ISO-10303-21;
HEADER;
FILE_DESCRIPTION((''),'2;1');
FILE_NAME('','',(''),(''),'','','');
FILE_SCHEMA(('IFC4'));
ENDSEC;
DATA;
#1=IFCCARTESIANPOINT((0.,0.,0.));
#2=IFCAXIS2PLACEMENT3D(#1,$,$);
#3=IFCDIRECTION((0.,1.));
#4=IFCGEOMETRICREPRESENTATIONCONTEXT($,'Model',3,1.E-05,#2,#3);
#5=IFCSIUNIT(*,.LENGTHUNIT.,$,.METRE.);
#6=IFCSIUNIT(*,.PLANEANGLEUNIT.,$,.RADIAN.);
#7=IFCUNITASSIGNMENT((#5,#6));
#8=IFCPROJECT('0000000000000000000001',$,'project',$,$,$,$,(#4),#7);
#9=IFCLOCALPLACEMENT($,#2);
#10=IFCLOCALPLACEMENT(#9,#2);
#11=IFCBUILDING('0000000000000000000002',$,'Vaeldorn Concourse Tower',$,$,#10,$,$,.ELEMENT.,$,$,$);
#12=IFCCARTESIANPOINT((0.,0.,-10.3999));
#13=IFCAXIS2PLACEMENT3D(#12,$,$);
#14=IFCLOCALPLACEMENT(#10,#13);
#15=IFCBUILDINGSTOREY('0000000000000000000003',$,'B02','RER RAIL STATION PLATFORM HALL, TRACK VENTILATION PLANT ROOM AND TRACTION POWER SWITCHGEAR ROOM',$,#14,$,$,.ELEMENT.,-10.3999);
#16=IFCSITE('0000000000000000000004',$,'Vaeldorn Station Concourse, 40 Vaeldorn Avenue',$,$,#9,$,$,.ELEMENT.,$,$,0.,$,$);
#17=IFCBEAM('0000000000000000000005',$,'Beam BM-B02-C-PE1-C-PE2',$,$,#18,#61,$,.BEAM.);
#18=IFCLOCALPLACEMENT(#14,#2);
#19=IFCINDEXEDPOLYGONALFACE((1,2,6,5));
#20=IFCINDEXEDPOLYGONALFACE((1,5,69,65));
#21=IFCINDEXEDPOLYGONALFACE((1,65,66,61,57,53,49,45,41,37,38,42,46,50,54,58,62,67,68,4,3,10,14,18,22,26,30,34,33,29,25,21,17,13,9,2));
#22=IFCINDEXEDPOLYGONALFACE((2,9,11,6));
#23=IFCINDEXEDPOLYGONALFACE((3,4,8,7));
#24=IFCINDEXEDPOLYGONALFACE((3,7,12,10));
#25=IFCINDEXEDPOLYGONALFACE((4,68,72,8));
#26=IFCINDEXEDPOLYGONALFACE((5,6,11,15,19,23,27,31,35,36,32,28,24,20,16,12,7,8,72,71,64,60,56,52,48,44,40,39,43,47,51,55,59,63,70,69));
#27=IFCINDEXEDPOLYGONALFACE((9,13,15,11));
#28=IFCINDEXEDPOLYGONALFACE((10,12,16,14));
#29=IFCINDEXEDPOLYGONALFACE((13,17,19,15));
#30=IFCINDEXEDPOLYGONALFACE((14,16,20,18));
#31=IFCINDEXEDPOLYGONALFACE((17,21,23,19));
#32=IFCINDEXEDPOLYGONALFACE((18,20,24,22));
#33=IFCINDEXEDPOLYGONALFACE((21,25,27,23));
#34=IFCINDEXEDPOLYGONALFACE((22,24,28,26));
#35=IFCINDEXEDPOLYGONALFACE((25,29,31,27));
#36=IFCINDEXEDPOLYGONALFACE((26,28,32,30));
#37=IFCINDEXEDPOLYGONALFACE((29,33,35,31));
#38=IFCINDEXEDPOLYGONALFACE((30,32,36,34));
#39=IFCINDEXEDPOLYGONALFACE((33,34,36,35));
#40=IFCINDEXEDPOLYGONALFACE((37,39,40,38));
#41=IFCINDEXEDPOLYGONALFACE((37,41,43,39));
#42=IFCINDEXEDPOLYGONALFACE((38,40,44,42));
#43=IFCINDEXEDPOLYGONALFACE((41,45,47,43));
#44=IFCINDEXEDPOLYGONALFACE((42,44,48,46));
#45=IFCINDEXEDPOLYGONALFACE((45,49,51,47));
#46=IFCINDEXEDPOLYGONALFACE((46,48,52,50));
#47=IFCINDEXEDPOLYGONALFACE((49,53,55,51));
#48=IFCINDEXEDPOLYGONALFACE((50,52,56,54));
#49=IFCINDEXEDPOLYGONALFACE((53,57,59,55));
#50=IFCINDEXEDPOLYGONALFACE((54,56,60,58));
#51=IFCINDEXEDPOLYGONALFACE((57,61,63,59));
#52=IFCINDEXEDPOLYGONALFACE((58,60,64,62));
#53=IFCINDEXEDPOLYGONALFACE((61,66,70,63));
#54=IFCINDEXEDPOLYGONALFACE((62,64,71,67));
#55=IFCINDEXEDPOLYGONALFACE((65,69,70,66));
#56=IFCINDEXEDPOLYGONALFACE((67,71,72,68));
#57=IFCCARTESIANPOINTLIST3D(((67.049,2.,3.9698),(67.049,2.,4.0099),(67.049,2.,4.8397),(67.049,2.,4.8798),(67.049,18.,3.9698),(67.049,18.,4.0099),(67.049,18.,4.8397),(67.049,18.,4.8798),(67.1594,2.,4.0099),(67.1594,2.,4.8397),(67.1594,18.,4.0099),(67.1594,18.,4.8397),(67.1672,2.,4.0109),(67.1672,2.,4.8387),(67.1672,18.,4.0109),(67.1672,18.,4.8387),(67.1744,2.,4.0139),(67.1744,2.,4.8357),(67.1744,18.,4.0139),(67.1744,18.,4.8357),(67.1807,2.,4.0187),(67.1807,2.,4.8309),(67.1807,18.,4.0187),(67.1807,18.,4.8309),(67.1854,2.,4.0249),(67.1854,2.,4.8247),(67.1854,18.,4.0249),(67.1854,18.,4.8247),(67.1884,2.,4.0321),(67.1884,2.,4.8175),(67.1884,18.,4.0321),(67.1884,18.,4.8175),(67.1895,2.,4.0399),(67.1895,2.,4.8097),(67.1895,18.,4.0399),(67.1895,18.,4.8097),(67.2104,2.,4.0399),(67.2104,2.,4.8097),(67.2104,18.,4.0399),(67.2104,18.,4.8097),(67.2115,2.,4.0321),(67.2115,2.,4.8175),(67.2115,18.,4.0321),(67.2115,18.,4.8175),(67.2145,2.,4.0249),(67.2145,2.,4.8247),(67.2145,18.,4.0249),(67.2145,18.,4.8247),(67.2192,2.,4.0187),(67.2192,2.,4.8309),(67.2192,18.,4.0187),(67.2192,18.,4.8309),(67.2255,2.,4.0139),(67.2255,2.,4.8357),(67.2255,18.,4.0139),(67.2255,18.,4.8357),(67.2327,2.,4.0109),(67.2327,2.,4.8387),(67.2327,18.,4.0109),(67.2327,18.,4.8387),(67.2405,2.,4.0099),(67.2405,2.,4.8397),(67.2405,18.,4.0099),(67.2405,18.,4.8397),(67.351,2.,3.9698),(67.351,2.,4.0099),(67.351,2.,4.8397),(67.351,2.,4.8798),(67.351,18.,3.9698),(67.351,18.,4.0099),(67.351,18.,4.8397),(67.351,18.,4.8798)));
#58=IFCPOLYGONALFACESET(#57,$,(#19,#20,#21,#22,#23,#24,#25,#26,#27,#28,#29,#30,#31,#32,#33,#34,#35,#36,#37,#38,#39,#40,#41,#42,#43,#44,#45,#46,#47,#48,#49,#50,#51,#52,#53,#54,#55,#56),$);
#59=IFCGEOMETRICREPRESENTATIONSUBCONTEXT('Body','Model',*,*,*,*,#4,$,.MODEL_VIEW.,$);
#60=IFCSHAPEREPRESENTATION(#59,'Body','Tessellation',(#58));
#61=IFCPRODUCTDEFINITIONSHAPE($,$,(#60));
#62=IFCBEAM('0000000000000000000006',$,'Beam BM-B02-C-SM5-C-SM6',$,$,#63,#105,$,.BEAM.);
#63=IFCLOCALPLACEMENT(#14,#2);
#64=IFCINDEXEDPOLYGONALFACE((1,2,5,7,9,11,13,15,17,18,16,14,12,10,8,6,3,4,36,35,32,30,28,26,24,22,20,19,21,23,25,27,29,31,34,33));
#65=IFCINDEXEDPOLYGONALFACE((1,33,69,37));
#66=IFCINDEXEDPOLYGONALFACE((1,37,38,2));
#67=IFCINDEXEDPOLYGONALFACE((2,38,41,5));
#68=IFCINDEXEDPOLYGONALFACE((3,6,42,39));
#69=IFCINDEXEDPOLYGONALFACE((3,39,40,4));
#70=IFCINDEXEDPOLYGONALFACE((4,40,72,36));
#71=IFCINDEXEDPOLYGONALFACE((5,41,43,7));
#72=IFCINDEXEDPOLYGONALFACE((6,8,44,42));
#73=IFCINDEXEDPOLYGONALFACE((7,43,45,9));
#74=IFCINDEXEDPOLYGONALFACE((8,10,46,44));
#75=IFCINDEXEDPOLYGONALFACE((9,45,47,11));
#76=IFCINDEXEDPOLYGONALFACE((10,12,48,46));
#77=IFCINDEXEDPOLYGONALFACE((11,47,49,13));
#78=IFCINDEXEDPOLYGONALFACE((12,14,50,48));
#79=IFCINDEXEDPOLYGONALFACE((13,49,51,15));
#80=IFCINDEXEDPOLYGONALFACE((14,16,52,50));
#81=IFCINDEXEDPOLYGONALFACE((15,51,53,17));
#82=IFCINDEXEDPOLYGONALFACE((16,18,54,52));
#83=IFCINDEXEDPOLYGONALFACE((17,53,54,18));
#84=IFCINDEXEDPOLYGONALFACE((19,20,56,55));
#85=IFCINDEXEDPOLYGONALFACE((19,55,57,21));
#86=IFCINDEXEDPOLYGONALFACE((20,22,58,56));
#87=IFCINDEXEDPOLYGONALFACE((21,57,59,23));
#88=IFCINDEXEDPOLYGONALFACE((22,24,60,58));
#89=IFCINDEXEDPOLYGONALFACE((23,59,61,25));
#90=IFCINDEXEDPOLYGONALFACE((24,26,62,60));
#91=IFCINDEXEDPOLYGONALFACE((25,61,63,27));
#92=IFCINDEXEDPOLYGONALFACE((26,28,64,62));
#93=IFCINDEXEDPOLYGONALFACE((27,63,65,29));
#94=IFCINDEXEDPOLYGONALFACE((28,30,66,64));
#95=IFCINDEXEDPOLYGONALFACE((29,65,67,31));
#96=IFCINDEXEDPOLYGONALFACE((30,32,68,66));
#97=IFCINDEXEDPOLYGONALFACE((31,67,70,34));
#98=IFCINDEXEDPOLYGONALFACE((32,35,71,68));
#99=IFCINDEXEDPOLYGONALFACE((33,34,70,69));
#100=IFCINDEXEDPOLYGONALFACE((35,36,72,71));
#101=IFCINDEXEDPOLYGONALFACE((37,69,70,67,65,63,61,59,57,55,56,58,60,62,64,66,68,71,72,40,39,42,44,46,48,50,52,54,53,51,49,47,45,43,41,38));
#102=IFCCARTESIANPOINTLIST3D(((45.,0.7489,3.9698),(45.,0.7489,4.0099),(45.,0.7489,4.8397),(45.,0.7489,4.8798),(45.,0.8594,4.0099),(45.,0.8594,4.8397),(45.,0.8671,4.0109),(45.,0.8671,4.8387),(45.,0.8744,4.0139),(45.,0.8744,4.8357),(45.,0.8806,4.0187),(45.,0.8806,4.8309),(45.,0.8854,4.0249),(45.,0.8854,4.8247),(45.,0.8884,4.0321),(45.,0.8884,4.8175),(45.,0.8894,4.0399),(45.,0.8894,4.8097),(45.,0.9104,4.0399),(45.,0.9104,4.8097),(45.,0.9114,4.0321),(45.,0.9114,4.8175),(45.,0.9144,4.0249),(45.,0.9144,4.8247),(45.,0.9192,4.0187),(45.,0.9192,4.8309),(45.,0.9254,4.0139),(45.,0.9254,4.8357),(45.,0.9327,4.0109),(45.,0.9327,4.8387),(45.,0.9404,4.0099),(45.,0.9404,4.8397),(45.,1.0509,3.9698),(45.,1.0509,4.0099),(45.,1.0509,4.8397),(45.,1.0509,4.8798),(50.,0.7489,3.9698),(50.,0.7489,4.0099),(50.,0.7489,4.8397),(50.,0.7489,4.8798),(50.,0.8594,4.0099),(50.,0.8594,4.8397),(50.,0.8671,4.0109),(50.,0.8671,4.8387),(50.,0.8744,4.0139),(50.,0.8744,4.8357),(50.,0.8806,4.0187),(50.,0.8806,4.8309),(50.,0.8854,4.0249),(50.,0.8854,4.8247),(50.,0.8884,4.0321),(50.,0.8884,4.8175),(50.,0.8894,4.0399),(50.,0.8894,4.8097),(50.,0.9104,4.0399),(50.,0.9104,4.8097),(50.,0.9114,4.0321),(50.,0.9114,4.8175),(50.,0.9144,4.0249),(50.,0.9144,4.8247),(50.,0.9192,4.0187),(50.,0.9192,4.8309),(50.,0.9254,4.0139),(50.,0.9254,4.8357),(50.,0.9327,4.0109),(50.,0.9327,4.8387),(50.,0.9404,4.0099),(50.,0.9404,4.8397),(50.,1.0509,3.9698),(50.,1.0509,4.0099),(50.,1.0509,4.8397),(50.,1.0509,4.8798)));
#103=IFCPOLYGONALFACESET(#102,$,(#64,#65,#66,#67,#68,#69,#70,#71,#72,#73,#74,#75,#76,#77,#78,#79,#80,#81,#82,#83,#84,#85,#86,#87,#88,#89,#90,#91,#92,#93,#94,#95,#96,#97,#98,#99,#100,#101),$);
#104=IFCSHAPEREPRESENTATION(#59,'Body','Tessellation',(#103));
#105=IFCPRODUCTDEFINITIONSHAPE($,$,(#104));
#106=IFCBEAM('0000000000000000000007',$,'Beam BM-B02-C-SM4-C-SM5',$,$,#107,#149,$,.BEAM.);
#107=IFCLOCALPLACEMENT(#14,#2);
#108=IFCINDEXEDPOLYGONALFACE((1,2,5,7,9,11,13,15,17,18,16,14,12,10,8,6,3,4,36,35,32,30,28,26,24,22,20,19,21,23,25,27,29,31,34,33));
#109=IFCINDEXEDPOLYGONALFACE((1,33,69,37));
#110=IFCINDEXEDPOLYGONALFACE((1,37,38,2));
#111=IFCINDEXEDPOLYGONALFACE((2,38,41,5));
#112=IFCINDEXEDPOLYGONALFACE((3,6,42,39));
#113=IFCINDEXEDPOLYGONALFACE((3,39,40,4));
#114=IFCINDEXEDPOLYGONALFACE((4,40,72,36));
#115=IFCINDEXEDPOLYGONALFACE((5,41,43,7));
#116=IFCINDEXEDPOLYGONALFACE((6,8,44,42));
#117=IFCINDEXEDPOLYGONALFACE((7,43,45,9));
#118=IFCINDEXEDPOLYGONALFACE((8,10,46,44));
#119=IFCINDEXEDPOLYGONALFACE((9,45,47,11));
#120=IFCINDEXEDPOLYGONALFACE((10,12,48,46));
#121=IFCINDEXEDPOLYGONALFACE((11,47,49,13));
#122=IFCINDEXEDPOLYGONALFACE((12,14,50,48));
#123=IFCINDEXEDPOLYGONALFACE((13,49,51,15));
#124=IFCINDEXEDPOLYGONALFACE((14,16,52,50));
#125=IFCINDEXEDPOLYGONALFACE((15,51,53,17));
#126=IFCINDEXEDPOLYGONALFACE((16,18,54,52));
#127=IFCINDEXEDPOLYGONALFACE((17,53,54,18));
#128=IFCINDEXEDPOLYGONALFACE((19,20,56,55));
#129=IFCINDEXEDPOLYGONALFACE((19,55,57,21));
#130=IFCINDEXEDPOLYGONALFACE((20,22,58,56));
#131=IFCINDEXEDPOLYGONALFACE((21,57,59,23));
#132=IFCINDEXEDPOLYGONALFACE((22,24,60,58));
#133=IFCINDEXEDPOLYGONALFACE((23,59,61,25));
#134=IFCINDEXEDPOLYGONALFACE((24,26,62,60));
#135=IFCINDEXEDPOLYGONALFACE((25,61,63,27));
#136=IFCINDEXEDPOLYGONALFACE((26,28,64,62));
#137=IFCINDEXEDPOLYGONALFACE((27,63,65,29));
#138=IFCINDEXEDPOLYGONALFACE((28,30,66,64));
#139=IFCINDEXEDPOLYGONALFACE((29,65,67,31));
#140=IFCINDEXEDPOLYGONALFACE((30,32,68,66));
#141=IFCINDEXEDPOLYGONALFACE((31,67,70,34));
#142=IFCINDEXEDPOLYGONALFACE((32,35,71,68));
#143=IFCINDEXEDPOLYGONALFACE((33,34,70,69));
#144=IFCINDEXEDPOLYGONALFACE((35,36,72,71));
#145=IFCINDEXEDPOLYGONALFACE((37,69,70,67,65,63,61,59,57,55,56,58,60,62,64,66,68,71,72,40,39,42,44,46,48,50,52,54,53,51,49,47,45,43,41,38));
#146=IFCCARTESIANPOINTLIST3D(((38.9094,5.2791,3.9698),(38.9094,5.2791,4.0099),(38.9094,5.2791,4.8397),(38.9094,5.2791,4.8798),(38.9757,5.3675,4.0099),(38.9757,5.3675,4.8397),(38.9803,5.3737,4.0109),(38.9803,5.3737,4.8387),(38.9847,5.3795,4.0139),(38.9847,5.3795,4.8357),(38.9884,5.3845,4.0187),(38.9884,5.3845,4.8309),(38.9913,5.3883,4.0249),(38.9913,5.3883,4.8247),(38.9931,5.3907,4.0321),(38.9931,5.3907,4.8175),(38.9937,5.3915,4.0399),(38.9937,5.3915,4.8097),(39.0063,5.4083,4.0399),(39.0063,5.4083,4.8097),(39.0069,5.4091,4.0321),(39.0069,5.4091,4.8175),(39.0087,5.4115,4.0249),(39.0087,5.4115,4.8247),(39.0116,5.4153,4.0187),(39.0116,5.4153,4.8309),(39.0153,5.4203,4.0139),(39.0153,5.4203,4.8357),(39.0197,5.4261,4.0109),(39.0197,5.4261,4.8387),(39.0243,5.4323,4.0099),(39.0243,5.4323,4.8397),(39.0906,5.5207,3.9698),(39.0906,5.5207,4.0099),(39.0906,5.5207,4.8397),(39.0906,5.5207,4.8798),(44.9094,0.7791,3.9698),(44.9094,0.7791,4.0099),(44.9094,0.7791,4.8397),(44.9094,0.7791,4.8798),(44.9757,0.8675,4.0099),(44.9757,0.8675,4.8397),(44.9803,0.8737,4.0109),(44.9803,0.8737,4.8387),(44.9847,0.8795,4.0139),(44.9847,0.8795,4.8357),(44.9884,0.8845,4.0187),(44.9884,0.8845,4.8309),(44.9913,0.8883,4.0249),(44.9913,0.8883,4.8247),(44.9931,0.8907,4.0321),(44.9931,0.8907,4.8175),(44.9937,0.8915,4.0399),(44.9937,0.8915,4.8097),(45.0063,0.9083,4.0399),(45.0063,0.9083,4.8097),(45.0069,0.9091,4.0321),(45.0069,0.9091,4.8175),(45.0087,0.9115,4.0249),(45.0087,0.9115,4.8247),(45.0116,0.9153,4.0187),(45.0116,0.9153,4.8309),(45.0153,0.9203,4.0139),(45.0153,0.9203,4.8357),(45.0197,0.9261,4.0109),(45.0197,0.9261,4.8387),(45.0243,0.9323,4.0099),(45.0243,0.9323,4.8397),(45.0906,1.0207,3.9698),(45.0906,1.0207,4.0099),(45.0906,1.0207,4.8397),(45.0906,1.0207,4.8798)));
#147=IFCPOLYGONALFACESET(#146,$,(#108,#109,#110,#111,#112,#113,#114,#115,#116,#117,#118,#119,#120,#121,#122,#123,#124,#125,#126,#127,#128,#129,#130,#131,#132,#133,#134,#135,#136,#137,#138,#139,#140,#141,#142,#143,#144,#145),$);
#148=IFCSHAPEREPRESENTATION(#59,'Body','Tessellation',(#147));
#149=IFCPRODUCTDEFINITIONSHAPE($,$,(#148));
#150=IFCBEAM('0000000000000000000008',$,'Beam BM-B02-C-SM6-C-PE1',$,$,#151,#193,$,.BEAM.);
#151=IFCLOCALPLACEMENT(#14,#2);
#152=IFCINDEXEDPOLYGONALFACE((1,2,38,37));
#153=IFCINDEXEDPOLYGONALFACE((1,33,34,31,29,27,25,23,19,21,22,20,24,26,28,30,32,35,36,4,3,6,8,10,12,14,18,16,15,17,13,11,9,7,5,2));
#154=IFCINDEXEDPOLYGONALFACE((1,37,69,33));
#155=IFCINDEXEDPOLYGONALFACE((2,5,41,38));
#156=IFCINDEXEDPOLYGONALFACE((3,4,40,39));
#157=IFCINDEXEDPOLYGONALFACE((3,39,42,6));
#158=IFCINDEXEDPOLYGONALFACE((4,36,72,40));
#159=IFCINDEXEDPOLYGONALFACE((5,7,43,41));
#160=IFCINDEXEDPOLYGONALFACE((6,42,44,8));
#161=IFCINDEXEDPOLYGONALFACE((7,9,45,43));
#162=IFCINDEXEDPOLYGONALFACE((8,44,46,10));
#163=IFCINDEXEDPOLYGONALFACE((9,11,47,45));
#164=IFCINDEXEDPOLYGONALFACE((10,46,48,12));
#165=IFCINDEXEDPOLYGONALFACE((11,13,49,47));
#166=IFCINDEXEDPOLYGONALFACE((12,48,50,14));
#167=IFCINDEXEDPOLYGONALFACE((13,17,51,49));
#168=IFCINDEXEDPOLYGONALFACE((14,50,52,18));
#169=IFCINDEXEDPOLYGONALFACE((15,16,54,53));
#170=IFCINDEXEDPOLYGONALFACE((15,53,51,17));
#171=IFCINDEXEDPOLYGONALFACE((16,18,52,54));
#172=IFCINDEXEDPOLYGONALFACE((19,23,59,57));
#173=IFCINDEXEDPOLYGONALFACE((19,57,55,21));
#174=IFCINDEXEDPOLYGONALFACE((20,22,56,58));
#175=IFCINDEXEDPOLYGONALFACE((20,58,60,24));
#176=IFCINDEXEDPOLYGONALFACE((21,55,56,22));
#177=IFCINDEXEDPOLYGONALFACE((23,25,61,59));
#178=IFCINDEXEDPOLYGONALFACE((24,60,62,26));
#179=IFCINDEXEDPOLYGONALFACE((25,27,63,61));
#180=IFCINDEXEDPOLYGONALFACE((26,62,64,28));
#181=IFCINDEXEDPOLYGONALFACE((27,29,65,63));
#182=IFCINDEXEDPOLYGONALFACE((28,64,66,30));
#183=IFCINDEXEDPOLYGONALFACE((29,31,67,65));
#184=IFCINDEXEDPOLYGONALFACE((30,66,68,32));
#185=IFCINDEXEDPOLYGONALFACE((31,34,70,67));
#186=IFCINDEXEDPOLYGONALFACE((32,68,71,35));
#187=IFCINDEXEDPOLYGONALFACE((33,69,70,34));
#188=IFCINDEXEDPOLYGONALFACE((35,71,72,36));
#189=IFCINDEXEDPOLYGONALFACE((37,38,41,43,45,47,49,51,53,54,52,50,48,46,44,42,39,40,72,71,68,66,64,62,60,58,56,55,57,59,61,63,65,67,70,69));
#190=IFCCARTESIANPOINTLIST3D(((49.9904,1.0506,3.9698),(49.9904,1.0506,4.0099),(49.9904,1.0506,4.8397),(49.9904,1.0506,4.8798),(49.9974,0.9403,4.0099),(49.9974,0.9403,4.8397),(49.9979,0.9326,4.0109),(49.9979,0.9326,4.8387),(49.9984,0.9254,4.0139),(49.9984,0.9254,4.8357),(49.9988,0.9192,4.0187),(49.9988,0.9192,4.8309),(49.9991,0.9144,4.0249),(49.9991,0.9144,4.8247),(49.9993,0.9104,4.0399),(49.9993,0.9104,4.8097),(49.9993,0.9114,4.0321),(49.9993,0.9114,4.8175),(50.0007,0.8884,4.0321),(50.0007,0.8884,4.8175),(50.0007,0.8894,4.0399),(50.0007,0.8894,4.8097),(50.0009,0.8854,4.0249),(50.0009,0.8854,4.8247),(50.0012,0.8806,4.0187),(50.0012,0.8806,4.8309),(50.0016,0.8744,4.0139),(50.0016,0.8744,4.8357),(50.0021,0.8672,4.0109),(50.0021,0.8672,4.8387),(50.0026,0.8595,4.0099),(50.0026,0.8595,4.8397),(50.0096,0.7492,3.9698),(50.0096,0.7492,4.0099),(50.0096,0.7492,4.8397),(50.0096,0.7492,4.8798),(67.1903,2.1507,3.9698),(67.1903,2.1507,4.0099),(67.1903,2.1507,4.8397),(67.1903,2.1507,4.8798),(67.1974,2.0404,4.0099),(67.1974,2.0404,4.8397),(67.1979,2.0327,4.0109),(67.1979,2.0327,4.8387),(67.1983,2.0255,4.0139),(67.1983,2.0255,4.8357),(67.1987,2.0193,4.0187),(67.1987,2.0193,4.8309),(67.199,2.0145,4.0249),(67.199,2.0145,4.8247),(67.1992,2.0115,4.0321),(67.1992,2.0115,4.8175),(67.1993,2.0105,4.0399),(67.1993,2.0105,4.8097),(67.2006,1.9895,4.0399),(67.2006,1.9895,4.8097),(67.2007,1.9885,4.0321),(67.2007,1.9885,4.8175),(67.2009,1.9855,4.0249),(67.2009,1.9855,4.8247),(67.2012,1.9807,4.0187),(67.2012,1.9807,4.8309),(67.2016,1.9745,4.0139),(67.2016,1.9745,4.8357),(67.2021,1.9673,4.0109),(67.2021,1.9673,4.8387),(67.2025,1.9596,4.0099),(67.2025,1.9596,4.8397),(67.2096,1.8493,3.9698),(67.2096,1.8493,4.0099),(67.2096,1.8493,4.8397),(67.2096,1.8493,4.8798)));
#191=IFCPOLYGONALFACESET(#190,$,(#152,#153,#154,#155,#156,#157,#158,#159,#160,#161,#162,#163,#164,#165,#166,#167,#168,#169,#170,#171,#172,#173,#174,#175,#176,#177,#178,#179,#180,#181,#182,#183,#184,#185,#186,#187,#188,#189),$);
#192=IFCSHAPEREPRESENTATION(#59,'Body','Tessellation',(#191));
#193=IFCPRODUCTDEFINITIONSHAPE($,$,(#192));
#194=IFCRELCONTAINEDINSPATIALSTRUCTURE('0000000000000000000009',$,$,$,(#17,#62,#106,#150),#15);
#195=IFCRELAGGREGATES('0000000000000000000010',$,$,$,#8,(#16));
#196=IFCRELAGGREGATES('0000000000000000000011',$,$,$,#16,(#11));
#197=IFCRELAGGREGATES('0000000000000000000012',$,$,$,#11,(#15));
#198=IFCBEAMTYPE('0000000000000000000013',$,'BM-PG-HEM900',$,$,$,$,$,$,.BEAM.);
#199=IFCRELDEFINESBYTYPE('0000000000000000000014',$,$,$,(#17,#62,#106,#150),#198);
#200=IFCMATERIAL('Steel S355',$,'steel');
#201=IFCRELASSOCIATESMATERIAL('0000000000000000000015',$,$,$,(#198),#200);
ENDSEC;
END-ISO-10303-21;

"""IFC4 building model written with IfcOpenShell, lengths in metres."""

from ifc_helpers import new_model, si_unit, direction, frame, origin, origin_2d, place, context, subcontext, project, spatial, i_section, extrude, source, transform, mapped, material, material_profile, profile_set, type_object, element, save


model = new_model("IFC4")

# Units and contexts
model_context = context("Model", 3, precision=1e-05, world=origin(), true_north=direction((0.0, 1.0)))
body_context = subcontext(model_context, "Body", "Model", "MODEL_VIEW")
ifc_project = project(units=[si_unit("LENGTHUNIT", "METRE"), si_unit("PLANEANGLEUNIT", "RADIAN")], contexts=[model_context])

# Site, building, storey
site_placement = place(None, origin())
site = spatial("IfcSite", under=ifc_project, at=site_placement, Name="Vaeldorn Station Concourse, 40 Vaeldorn Avenue", CompositionType="ELEMENT", RefElevation=0.0)
building_placement = place(site_placement, origin())
building = spatial("IfcBuilding", under=site, at=building_placement, Name="Vaeldorn Concourse Tower", CompositionType="ELEMENT")
storey_placement = place(building_placement, frame((0.0, 0.0, -10.3999)))
storey = spatial("IfcBuildingStorey", under=building, at=storey_placement, Name="B02", Description="RER RAIL STATION PLATFORM HALL, TRACK VENTILATION PLANT ROOM AND TRACTION POWER SWITCHGEAR ROOM", CompositionType="ELEMENT", Elevation=-10.3999)

# Beams
ifc_material_1 = material(Name="Steel S355", Category="steel")
ifc_material_profile_1 = material_profile(ifc_material_1, i_section(OverallWidth=0.302, OverallDepth=0.9099, WebThickness=0.021, FlangeThickness=0.04, FilletRadius=0.03, at=origin_2d()), Name="HEM 900")
ifc_profile_set_1 = profile_set([ifc_material_profile_1], Name="Steel S355")
beam_type_1 = type_object("IfcBeamType", Name="BM-PG-HEM900", PredefinedType="BEAM", material=ifc_profile_set_1)
shared_shape_1 = source(origin(), body_context, "Body", "SweptSolid", [
    extrude(i_section(OverallWidth=0.302, OverallDepth=0.9099, WebThickness=0.021, FlangeThickness=0.04, FilletRadius=0.03, at=origin_2d()), origin(), (0.0, 0.0, 1.0), 16.0),
])
beam_1_placement = place(storey_placement, frame((67.2, 2.0, 4.4248), z_axis=(0.0, 1.0, 0.0), x_axis=(-1.0, 0.0, 0.0)))
element("IfcBeam", 1, at=beam_1_placement, inside=storey, type_object=beam_type_1, Name="Beam BM-B02-C-PE1-C-PE2", PredefinedType="BEAM", context=body_context, shape_type="MappedRepresentation", body=[
    mapped(shared_shape_1, transform((0.0, 0.0, 0.0), scale=1.0)),
])
shared_shape_2 = source(origin(), body_context, "Body", "SweptSolid", [
    extrude(i_section(OverallWidth=0.302, OverallDepth=0.9099, WebThickness=0.021, FlangeThickness=0.04, FilletRadius=0.03, at=origin_2d()), origin(), (0.0, 0.0, 1.0), 5.0),
])
beam_2_placement = place(storey_placement, frame((45.0, 0.8999, 4.4248), z_axis=(1.0, 0.0, 0.0), x_axis=(0.0, 1.0, 0.0)))
element("IfcBeam", 2, at=beam_2_placement, inside=storey, type_object=beam_type_1, Name="Beam BM-B02-C-SM5-C-SM6", PredefinedType="BEAM", context=body_context, shape_type="MappedRepresentation", body=[
    mapped(shared_shape_2, transform((0.0, 0.0, 0.0), scale=1.0)),
])
shared_shape_3 = source(origin(), body_context, "Body", "SweptSolid", [
    extrude(i_section(OverallWidth=0.302, OverallDepth=0.9099, WebThickness=0.021, FlangeThickness=0.04, FilletRadius=0.03, at=origin_2d()), origin(), (0.0, 0.0, 1.0), 7.5),
])
beam_3_placement = place(storey_placement, frame((39.0, 5.3999, 4.4248), z_axis=(0.8, -0.6, 0.0), x_axis=(0.6, 0.8, 0.0)))
element("IfcBeam", 3, at=beam_3_placement, inside=storey, type_object=beam_type_1, Name="Beam BM-B02-C-SM4-C-SM5", PredefinedType="BEAM", context=body_context, shape_type="MappedRepresentation", body=[
    mapped(shared_shape_3, transform((0.0, 0.0, 0.0), scale=1.0)),
])
shared_shape_4 = source(origin(), body_context, "Body", "SweptSolid", [
    extrude(i_section(OverallWidth=0.302, OverallDepth=0.9099, WebThickness=0.021, FlangeThickness=0.04, FilletRadius=0.03, at=origin_2d()), origin(), (0.0, 0.0, 1.0), 17.2351),
])
beam_4_placement = place(storey_placement, frame((50.0, 0.8999, 4.4248), z_axis=(0.997961, 0.063829, 0.0), x_axis=(-0.063829, 0.997961, 0.0)))
element("IfcBeam", 4, at=beam_4_placement, inside=storey, type_object=beam_type_1, Name="Beam BM-B02-C-SM6-C-PE1", PredefinedType="BEAM", context=body_context, shape_type="MappedRepresentation", body=[
    mapped(shared_shape_4, transform((0.0, 0.0, 0.0), scale=1.0)),
])

save(model, "model.ifc")
